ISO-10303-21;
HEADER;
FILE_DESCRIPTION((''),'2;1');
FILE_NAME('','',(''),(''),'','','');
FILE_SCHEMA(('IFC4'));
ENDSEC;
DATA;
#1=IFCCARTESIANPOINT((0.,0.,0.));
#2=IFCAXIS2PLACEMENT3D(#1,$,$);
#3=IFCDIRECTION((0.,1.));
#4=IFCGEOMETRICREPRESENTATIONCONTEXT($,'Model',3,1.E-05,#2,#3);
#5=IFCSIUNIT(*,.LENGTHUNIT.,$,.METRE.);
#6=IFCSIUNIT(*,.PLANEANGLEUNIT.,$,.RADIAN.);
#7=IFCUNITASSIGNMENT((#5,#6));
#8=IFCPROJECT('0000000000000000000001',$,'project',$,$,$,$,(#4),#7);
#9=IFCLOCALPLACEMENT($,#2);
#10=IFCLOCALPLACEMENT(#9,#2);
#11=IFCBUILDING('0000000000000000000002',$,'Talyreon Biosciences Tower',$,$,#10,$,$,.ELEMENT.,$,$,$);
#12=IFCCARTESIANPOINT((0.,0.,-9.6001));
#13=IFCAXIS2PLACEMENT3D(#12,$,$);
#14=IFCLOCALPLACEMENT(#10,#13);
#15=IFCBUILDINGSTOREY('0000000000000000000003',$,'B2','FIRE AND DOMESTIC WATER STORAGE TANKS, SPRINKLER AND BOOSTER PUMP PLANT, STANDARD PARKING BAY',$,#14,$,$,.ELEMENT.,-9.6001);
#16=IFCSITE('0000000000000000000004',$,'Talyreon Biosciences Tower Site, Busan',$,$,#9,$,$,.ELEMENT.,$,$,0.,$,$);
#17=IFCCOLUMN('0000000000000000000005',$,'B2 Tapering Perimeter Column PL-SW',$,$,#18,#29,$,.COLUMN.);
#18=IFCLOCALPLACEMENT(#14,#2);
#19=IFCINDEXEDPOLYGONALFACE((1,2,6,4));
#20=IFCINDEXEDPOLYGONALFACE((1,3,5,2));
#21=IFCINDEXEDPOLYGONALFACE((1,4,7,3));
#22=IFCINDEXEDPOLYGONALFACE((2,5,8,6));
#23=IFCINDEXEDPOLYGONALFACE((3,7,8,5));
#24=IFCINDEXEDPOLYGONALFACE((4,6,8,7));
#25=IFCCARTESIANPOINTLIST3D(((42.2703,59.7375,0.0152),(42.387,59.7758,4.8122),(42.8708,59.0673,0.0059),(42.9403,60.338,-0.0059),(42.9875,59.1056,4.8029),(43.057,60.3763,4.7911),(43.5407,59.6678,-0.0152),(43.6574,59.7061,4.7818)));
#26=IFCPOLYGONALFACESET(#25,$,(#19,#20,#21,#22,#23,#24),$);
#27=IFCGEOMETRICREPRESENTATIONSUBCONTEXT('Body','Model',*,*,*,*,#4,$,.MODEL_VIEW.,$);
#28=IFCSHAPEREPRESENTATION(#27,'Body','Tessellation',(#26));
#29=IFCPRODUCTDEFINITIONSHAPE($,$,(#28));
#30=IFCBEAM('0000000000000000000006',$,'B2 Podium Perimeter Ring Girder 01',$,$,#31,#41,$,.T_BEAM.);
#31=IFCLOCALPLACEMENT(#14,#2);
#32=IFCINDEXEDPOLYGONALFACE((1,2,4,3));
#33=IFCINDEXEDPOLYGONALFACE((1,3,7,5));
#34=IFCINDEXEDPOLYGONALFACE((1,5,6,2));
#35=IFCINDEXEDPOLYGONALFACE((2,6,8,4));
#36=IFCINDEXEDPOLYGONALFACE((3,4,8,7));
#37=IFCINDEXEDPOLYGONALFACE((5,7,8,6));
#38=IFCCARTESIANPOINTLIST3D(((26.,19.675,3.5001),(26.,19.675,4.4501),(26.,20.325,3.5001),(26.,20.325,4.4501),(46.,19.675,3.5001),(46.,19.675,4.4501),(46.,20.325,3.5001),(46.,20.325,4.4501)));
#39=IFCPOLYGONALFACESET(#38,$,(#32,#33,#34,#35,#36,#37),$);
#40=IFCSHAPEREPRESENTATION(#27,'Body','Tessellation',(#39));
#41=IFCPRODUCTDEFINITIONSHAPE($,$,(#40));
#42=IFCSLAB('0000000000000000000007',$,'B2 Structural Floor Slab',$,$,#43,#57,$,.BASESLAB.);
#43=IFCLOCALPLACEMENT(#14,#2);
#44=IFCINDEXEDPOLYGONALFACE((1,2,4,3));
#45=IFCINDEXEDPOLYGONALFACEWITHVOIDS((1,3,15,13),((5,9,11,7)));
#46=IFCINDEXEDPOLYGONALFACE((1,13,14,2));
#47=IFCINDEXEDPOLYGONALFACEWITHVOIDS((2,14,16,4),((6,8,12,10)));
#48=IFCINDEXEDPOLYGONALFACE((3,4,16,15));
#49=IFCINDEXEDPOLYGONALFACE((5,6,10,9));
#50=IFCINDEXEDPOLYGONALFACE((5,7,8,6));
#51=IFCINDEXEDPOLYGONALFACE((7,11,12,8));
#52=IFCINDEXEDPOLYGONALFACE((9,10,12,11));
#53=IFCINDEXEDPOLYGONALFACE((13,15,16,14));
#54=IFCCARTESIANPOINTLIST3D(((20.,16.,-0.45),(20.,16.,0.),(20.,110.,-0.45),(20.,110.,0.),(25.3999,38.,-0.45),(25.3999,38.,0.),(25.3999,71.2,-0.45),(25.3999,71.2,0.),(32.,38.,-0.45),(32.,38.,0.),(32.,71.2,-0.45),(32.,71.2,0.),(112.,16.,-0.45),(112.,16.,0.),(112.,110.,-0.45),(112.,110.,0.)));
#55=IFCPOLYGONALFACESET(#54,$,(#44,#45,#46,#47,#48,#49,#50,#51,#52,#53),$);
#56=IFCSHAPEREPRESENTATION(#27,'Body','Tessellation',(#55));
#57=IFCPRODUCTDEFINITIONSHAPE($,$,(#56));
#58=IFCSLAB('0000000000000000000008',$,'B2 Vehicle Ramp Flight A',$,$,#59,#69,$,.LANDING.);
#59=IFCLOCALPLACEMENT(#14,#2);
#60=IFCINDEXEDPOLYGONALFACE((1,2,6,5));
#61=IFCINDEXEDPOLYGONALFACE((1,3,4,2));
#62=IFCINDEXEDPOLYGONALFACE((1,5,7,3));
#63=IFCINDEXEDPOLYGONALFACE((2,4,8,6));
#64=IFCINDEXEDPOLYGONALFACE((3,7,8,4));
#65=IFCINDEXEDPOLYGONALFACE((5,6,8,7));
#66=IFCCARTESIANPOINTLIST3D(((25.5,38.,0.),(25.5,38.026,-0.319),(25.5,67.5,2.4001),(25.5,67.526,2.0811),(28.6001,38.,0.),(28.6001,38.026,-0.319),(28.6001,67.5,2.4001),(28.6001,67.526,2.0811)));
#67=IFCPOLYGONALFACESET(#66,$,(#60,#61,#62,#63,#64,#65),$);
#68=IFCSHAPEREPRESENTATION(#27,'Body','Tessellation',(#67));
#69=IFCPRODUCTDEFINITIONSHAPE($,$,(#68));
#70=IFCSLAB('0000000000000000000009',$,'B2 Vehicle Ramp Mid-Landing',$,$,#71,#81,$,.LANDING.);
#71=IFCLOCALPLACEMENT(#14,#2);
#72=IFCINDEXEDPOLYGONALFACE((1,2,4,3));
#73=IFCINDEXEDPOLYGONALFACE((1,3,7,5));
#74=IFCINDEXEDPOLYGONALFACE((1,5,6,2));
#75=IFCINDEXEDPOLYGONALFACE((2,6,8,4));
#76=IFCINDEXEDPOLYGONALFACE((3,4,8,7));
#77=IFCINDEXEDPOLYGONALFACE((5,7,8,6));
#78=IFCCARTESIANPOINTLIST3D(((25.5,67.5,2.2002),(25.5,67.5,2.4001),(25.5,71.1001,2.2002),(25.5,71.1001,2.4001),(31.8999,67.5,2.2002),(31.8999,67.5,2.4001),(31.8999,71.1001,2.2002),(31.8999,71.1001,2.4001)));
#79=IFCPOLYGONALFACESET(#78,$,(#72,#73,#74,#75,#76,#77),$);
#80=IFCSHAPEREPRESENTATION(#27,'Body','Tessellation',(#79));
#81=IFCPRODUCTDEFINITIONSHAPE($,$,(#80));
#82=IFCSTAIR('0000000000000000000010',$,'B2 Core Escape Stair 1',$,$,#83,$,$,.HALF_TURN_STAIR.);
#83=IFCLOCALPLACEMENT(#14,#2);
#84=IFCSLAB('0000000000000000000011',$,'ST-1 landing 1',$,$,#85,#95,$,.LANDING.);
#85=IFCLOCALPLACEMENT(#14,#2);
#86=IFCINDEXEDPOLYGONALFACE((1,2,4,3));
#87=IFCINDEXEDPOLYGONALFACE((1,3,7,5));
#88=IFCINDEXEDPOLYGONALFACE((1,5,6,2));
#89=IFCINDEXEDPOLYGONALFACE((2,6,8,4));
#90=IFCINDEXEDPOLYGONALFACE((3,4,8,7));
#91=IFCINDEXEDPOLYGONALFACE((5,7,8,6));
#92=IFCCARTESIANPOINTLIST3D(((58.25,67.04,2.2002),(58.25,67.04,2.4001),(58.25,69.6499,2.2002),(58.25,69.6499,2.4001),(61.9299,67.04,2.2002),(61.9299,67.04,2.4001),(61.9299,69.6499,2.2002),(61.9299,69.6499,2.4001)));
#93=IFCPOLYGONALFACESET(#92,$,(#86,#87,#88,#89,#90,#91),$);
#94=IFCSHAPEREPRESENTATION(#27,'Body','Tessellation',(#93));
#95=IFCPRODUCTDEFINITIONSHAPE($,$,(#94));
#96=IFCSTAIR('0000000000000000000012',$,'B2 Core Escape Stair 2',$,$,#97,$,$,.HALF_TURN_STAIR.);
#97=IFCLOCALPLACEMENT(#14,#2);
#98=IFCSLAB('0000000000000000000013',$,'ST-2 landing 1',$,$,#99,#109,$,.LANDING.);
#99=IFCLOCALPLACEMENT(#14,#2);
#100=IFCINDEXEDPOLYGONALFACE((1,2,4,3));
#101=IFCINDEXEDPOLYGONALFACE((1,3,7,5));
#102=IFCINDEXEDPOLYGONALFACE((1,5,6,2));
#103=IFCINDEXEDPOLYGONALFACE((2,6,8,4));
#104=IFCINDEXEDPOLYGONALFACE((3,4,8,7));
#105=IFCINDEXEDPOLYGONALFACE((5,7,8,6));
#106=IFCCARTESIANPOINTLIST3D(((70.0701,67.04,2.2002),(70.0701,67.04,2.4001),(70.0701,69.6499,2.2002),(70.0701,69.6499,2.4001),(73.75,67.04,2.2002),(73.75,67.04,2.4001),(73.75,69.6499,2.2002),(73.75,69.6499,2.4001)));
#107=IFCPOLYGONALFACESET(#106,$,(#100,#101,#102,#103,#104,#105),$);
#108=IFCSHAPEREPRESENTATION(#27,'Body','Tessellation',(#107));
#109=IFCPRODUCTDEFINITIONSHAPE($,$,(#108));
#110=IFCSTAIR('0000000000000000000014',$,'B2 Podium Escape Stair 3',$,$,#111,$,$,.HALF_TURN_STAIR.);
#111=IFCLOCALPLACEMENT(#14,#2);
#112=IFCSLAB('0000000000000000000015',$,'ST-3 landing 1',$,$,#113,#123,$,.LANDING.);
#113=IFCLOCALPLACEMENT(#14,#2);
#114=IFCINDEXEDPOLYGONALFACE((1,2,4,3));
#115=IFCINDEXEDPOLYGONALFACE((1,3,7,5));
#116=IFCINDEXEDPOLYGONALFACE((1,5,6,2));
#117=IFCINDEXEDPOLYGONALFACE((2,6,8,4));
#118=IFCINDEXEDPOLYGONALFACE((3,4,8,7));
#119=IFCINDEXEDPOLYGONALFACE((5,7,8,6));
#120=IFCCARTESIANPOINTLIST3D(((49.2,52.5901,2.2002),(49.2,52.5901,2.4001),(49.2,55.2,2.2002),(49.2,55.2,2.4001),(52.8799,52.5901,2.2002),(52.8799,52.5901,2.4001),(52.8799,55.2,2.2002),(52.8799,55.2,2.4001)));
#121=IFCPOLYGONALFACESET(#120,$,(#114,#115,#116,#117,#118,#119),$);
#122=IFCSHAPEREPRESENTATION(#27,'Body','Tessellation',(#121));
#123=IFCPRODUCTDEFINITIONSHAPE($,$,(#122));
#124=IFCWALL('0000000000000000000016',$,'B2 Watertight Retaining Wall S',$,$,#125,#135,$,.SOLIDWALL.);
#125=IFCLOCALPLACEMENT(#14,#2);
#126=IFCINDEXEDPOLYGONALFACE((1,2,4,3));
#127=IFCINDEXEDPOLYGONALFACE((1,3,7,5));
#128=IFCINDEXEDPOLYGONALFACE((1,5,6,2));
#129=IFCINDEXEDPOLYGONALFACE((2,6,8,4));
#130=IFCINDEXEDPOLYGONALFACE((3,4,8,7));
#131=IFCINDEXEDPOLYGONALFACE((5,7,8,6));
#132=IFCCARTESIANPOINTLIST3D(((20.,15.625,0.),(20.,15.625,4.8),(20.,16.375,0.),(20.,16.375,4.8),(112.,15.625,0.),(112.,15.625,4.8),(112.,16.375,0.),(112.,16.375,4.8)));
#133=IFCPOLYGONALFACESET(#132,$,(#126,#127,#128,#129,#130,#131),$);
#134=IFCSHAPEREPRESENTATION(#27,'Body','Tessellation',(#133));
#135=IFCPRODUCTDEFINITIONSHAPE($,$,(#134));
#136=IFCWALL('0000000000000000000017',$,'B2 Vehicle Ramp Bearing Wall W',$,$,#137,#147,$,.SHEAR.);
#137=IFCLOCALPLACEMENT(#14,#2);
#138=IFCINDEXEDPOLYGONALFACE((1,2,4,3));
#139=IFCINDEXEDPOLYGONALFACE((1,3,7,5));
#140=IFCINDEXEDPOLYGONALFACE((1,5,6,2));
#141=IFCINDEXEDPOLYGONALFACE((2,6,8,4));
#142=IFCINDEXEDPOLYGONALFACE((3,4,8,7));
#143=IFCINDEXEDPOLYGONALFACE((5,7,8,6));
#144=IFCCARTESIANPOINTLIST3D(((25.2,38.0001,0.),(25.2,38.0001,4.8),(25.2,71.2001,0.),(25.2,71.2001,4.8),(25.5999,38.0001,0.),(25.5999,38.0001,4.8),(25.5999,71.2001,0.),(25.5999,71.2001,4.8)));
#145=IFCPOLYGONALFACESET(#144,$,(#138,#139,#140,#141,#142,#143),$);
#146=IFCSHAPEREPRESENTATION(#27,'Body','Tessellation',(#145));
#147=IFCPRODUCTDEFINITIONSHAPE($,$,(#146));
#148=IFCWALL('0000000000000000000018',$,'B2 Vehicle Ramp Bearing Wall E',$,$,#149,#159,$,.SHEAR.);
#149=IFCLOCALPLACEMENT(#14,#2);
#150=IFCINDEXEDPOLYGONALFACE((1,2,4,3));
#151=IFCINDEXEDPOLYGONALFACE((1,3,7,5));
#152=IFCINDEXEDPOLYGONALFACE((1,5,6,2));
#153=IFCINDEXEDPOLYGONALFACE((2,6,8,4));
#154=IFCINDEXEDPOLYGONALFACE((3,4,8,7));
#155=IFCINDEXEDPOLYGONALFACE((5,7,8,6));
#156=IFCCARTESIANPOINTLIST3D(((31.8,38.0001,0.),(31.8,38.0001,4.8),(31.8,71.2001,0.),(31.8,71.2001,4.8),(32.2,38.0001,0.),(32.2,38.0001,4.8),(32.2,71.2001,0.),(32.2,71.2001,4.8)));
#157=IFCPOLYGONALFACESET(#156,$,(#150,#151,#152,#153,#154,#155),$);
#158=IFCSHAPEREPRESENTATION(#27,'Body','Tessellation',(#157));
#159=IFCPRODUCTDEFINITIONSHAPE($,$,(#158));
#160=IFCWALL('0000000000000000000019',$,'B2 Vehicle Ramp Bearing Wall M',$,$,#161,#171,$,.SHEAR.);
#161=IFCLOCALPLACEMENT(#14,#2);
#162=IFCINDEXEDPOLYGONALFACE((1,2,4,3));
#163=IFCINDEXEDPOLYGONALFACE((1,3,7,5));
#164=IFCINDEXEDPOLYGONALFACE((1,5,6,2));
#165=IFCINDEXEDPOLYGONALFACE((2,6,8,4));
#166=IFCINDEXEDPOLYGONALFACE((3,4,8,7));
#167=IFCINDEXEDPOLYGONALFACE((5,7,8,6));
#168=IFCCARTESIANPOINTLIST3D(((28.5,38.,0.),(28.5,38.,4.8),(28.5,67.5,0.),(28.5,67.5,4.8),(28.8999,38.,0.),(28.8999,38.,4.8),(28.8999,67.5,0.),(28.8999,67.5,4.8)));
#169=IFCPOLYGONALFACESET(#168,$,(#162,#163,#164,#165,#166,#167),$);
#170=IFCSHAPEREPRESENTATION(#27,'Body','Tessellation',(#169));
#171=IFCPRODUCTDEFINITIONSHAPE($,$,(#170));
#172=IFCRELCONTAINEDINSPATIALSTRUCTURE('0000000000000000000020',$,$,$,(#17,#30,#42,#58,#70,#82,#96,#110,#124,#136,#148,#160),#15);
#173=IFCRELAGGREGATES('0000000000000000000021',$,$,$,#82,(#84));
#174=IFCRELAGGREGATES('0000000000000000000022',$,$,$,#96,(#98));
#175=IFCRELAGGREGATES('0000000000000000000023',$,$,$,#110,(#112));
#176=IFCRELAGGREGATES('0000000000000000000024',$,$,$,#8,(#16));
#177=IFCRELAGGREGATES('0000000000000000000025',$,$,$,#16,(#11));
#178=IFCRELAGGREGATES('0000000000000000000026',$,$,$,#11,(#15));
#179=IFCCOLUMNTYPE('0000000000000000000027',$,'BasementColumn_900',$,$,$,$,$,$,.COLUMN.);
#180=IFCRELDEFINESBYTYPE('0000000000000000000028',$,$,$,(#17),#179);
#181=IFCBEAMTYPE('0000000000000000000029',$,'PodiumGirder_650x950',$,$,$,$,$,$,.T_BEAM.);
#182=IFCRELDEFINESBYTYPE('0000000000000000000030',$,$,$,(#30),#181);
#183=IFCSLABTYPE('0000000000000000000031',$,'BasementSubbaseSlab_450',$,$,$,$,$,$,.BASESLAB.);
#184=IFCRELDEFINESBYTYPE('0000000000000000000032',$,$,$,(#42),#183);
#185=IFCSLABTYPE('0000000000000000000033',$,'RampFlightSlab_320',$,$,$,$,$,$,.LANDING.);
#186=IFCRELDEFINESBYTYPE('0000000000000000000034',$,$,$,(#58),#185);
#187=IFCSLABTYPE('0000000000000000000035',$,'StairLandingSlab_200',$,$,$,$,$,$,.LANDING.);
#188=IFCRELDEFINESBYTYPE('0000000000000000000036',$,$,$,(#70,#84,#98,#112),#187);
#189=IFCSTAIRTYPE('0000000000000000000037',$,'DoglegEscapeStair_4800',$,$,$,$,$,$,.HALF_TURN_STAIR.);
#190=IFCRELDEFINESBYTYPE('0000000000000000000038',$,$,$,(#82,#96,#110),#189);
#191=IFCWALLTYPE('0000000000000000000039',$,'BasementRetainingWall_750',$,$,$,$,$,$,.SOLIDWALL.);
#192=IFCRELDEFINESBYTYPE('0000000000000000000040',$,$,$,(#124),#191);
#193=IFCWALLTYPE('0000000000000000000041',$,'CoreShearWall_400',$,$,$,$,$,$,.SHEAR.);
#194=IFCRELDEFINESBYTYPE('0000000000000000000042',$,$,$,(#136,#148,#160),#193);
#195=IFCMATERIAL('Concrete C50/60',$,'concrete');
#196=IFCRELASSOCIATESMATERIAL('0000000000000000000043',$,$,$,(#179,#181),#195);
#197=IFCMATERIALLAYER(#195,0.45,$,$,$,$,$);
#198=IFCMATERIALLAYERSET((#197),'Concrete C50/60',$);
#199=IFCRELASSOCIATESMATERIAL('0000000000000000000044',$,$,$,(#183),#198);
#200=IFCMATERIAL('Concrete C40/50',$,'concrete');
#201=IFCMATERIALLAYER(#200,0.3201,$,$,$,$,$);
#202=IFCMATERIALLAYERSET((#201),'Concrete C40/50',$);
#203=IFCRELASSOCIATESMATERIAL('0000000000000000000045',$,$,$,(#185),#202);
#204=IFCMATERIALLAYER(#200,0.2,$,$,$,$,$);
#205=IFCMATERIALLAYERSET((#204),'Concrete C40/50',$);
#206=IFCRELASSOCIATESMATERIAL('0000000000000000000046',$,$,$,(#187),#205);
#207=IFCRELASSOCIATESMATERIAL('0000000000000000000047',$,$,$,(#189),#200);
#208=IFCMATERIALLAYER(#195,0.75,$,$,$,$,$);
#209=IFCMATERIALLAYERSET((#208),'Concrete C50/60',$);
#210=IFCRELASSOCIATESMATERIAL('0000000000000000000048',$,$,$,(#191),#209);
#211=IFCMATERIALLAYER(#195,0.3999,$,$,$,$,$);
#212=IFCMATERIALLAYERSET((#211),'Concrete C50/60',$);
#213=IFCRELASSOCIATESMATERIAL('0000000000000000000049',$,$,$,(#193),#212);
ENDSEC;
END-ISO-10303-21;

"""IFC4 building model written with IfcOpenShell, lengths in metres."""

from ifc_helpers import new_model, si_unit, direction, frame, frame_2d, origin, origin_2d, place, context, subcontext, project, spatial, polyline, rectangle, outline, extrude, material, layer, layer_set, material_profile, profile_set, type_object, element, aggregate, save


model = new_model("IFC4")

# Units and contexts
model_context = context("Model", 3, precision=1e-05, world=origin(), true_north=direction((0.0, 1.0)))
body_context = subcontext(model_context, "Body", "Model", "MODEL_VIEW")
ifc_project = project(units=[si_unit("LENGTHUNIT", "METRE"), si_unit("PLANEANGLEUNIT", "RADIAN")], contexts=[model_context])

# Site, building, storey
site_placement = place(None, origin())
site = spatial("IfcSite", under=ifc_project, at=site_placement, Name="Talyreon Biosciences Tower Site, Busan", CompositionType="ELEMENT", RefElevation=0.0)
building_placement = place(site_placement, origin())
building = spatial("IfcBuilding", under=site, at=building_placement, Name="Talyreon Biosciences Tower", CompositionType="ELEMENT")
storey_placement = place(building_placement, frame((0.0, 0.0, -9.6001)))
storey = spatial("IfcBuildingStorey", under=building, at=storey_placement, Name="B2", Description="FIRE AND DOMESTIC WATER STORAGE TANKS, SPRINKLER AND BOOSTER PUMP PLANT, STANDARD PARKING BAY", CompositionType="ELEMENT", Elevation=-9.6001)

# Shared definitions
ifc_material_1 = material(Name="Concrete C50/60", Category="concrete")

# Column
ifc_material_profile_1 = material_profile(ifc_material_1, rectangle(XDim=0.8999, YDim=0.8999, at=origin_2d()), Name="RC 900x900")
ifc_profile_set_1 = profile_set([ifc_material_profile_1], Name="Concrete C50/60")
column_type = type_object("IfcColumnType", Name="BasementColumn_900", PredefinedType="COLUMN", material=ifc_profile_set_1)
column_placement = place(storey_placement, frame((42.9055, 59.7026, 0.0), z_axis=(0.024319, 0.007988, 0.999672), x_axis=(0.744448, 0.667269, -0.023442)))
element("IfcColumn", 1, at=column_placement, inside=storey, type_object=column_type, Name="B2 Tapering Perimeter Column PL-SW", PredefinedType="COLUMN", context=body_context, shape_type="SweptSolid", body=[
    extrude(rectangle(XDim=0.8999, YDim=0.8999, at=origin_2d()), origin(), (0.0, 0.0, 1.0), 4.7986),
])

# Beam
ifc_material_profile_2 = material_profile(ifc_material_1, rectangle(XDim=0.6499, YDim=0.95, at=origin_2d()), Name="RCB 650x950")
ifc_profile_set_2 = profile_set([ifc_material_profile_2], Name="Concrete C50/60")
beam_type = type_object("IfcBeamType", Name="PodiumGirder_650x950", PredefinedType="T_BEAM", material=ifc_profile_set_2)
beam_placement = place(storey_placement, frame((26.0, 20.0, 3.9751), z_axis=(1.0, 0.0, 0.0), x_axis=(0.0, 1.0, 0.0)))
element("IfcBeam", 2, at=beam_placement, inside=storey, type_object=beam_type, Name="B2 Podium Perimeter Ring Girder 01", PredefinedType="T_BEAM", context=body_context, shape_type="SweptSolid", body=[
    extrude(rectangle(XDim=0.6499, YDim=0.95, at=origin_2d()), origin(), (0.0, 0.0, 1.0), 20.0),
])

# Slabs
ifc_layer_1 = layer(ifc_material_1, 0.45)
ifc_layer_set_1 = layer_set([ifc_layer_1], Name="Concrete C50/60")
slab_type_1 = type_object("IfcSlabType", Name="BasementSubbaseSlab_450", PredefinedType="BASESLAB", material=ifc_layer_set_1)
slab_1_placement = place(storey_placement, frame((0.0, 0.0, -0.45)))
element("IfcSlab", 3, at=slab_1_placement, inside=storey, type_object=slab_type_1, Name="B2 Structural Floor Slab", PredefinedType="BASESLAB", context=body_context, shape_type="SweptSolid", body=[
    extrude(outline(polyline([(20.0, 16.0), (112.0, 16.0), (112.0, 110.0), (20.0, 110.0), (20.0, 16.0)]), holes=[polyline([(32.0, 38.0), (32.0, 71.2), (25.3999, 71.2), (25.3999, 38.0), (32.0, 38.0)])]), origin(), (0.0, 0.0, 1.0), 0.45),
])
ifc_material_2 = material(Name="Concrete C40/50", Category="concrete")
ifc_layer_2 = layer(ifc_material_2, 0.3201)
ifc_layer_set_2 = layer_set([ifc_layer_2], Name="Concrete C40/50")
slab_type_2 = type_object("IfcSlabType", Name="RampFlightSlab_320", PredefinedType="LANDING", material=ifc_layer_set_2)
slab_2_placement = place(storey_placement, frame((25.5, 38.0, 0.0), z_axis=(0.0, -0.081093, 0.996707), x_axis=(1.0, 0.0, 0.0)))
element("IfcSlab", 4, at=slab_2_placement, inside=storey, type_object=slab_type_2, Name="B2 Vehicle Ramp Flight A", PredefinedType="LANDING", context=body_context, shape_type="SweptSolid", body=[
    extrude(outline(polyline([(0.0, 0.0), (3.1001, 0.0), (3.1001, 29.5975), (0.0, 29.5975), (0.0, 0.0)])), origin(), (0.0, 0.0, -1.0), 0.3201),
])
ifc_layer_3 = layer(ifc_material_2, 0.2)
ifc_layer_set_3 = layer_set([ifc_layer_3], Name="Concrete C40/50")
slab_type_3 = type_object("IfcSlabType", Name="StairLandingSlab_200", PredefinedType="LANDING", material=ifc_layer_set_3)
slab_3_placement = place(storey_placement, frame((0.0, 0.0, 2.2002)))
element("IfcSlab", 5, at=slab_3_placement, inside=storey, type_object=slab_type_3, Name="B2 Vehicle Ramp Mid-Landing", PredefinedType="LANDING", context=body_context, shape_type="SweptSolid", body=[
    extrude(outline(polyline([(25.5, 67.5), (31.8999, 67.5), (31.8999, 71.1001), (25.5, 71.1001), (25.5, 67.5)])), origin(), (0.0, 0.0, 1.0), 0.2),
])

# Stairs, slabs
stair_type = type_object("IfcStairType", Name="DoglegEscapeStair_4800", PredefinedType="HALF_TURN_STAIR", material=ifc_material_2)
stair_1_placement = place(storey_placement, origin())
stair_1 = element("IfcStair", 6, at=stair_1_placement, inside=storey, type_object=stair_type, Name="B2 Core Escape Stair 1", PredefinedType="HALF_TURN_STAIR")
slab_4_placement = place(storey_placement, frame((0.0, 0.0, 2.2002)))
slab_4 = element("IfcSlab", 7, at=slab_4_placement, type_object=slab_type_3, Name="ST-1 landing 1", PredefinedType="LANDING", context=body_context, shape_type="SweptSolid", body=[
    extrude(outline(polyline([(61.9299, 67.04), (61.9299, 69.6499), (58.25, 69.6499), (58.25, 67.04), (61.9299, 67.04)])), origin(), (0.0, 0.0, 1.0), 0.2),
])
aggregate(stair_1, [slab_4])
stair_2_placement = place(storey_placement, origin())
stair_2 = element("IfcStair", 8, at=stair_2_placement, inside=storey, type_object=stair_type, Name="B2 Core Escape Stair 2", PredefinedType="HALF_TURN_STAIR")
slab_5_placement = place(storey_placement, frame((0.0, 0.0, 2.2002)))
slab_5 = element("IfcSlab", 9, at=slab_5_placement, type_object=slab_type_3, Name="ST-2 landing 1", PredefinedType="LANDING", context=body_context, shape_type="SweptSolid", body=[
    extrude(outline(polyline([(73.75, 67.04), (73.75, 69.6499), (70.0701, 69.6499), (70.0701, 67.04), (73.75, 67.04)])), origin(), (0.0, 0.0, 1.0), 0.2),
])
aggregate(stair_2, [slab_5])
stair_3_placement = place(storey_placement, origin())
stair_3 = element("IfcStair", 10, at=stair_3_placement, inside=storey, type_object=stair_type, Name="B2 Podium Escape Stair 3", PredefinedType="HALF_TURN_STAIR")
slab_6_placement = place(storey_placement, frame((0.0, 0.0, 2.2002)))
slab_6 = element("IfcSlab", 11, at=slab_6_placement, type_object=slab_type_3, Name="ST-3 landing 1", PredefinedType="LANDING", context=body_context, shape_type="SweptSolid", body=[
    extrude(outline(polyline([(52.8799, 52.5901), (52.8799, 55.2), (49.2, 55.2), (49.2, 52.5901), (52.8799, 52.5901)])), origin(), (0.0, 0.0, 1.0), 0.2),
])
aggregate(stair_3, [slab_6])

# Walls
ifc_layer_4 = layer(ifc_material_1, 0.75)
ifc_layer_set_4 = layer_set([ifc_layer_4], Name="Concrete C50/60")
wall_type_1 = type_object("IfcWallType", Name="BasementRetainingWall_750", PredefinedType="SOLIDWALL", material=ifc_layer_set_4)
wall_1_placement = place(storey_placement, frame((20.0, 16.0, 0.0), z_axis=(0.0, 0.0, 1.0), x_axis=(1.0, 0.0, 0.0)))
element("IfcWall", 12, at=wall_1_placement, inside=storey, type_object=wall_type_1, Name="B2 Watertight Retaining Wall S", PredefinedType="SOLIDWALL", context=body_context, shape_type="SweptSolid", body=[
    extrude(rectangle(XDim=92.0, YDim=0.75, at=frame_2d((46.0, 0.0))), origin(), (0.0, 0.0, 1.0), 4.8),
])
ifc_layer_5 = layer(ifc_material_1, 0.3999)
ifc_layer_set_5 = layer_set([ifc_layer_5], Name="Concrete C50/60")
wall_type_2 = type_object("IfcWallType", Name="CoreShearWall_400", PredefinedType="SHEAR", material=ifc_layer_set_5)
for number, where, z_axis, x_axis, name in (
    (13, (25.3999, 38.0, 0.0), (0.0, 0.0, 1.0), (0.0, 1.0, 0.0), "B2 Vehicle Ramp Bearing Wall W"),
    (14, (32.0, 38.0, 0.0), (0.0, 0.0, 1.0), (0.0, 1.0, 0.0), "B2 Vehicle Ramp Bearing Wall E"),
):
    element("IfcWall", number, at=place(storey_placement, frame(where, z_axis=z_axis, x_axis=x_axis)), inside=storey, type_object=wall_type_2, Name=name, PredefinedType="SHEAR", context=body_context, shape_type="SweptSolid", body=[
        extrude(rectangle(XDim=33.2, YDim=0.3999, at=frame_2d((16.6001, 0.0))), origin(), (0.0, 0.0, 1.0), 4.8),
    ])
wall_2_placement = place(storey_placement, frame((28.7, 38.0, 0.0), z_axis=(0.0, 0.0, 1.0), x_axis=(0.0, 1.0, 0.0)))
element("IfcWall", 15, at=wall_2_placement, inside=storey, type_object=wall_type_2, Name="B2 Vehicle Ramp Bearing Wall M", PredefinedType="SHEAR", context=body_context, shape_type="SweptSolid", body=[
    extrude(rectangle(XDim=29.5, YDim=0.3999, at=frame_2d((14.75, 0.0))), origin(), (0.0, 0.0, 1.0), 4.8),
])

save(model, "model.ifc")
